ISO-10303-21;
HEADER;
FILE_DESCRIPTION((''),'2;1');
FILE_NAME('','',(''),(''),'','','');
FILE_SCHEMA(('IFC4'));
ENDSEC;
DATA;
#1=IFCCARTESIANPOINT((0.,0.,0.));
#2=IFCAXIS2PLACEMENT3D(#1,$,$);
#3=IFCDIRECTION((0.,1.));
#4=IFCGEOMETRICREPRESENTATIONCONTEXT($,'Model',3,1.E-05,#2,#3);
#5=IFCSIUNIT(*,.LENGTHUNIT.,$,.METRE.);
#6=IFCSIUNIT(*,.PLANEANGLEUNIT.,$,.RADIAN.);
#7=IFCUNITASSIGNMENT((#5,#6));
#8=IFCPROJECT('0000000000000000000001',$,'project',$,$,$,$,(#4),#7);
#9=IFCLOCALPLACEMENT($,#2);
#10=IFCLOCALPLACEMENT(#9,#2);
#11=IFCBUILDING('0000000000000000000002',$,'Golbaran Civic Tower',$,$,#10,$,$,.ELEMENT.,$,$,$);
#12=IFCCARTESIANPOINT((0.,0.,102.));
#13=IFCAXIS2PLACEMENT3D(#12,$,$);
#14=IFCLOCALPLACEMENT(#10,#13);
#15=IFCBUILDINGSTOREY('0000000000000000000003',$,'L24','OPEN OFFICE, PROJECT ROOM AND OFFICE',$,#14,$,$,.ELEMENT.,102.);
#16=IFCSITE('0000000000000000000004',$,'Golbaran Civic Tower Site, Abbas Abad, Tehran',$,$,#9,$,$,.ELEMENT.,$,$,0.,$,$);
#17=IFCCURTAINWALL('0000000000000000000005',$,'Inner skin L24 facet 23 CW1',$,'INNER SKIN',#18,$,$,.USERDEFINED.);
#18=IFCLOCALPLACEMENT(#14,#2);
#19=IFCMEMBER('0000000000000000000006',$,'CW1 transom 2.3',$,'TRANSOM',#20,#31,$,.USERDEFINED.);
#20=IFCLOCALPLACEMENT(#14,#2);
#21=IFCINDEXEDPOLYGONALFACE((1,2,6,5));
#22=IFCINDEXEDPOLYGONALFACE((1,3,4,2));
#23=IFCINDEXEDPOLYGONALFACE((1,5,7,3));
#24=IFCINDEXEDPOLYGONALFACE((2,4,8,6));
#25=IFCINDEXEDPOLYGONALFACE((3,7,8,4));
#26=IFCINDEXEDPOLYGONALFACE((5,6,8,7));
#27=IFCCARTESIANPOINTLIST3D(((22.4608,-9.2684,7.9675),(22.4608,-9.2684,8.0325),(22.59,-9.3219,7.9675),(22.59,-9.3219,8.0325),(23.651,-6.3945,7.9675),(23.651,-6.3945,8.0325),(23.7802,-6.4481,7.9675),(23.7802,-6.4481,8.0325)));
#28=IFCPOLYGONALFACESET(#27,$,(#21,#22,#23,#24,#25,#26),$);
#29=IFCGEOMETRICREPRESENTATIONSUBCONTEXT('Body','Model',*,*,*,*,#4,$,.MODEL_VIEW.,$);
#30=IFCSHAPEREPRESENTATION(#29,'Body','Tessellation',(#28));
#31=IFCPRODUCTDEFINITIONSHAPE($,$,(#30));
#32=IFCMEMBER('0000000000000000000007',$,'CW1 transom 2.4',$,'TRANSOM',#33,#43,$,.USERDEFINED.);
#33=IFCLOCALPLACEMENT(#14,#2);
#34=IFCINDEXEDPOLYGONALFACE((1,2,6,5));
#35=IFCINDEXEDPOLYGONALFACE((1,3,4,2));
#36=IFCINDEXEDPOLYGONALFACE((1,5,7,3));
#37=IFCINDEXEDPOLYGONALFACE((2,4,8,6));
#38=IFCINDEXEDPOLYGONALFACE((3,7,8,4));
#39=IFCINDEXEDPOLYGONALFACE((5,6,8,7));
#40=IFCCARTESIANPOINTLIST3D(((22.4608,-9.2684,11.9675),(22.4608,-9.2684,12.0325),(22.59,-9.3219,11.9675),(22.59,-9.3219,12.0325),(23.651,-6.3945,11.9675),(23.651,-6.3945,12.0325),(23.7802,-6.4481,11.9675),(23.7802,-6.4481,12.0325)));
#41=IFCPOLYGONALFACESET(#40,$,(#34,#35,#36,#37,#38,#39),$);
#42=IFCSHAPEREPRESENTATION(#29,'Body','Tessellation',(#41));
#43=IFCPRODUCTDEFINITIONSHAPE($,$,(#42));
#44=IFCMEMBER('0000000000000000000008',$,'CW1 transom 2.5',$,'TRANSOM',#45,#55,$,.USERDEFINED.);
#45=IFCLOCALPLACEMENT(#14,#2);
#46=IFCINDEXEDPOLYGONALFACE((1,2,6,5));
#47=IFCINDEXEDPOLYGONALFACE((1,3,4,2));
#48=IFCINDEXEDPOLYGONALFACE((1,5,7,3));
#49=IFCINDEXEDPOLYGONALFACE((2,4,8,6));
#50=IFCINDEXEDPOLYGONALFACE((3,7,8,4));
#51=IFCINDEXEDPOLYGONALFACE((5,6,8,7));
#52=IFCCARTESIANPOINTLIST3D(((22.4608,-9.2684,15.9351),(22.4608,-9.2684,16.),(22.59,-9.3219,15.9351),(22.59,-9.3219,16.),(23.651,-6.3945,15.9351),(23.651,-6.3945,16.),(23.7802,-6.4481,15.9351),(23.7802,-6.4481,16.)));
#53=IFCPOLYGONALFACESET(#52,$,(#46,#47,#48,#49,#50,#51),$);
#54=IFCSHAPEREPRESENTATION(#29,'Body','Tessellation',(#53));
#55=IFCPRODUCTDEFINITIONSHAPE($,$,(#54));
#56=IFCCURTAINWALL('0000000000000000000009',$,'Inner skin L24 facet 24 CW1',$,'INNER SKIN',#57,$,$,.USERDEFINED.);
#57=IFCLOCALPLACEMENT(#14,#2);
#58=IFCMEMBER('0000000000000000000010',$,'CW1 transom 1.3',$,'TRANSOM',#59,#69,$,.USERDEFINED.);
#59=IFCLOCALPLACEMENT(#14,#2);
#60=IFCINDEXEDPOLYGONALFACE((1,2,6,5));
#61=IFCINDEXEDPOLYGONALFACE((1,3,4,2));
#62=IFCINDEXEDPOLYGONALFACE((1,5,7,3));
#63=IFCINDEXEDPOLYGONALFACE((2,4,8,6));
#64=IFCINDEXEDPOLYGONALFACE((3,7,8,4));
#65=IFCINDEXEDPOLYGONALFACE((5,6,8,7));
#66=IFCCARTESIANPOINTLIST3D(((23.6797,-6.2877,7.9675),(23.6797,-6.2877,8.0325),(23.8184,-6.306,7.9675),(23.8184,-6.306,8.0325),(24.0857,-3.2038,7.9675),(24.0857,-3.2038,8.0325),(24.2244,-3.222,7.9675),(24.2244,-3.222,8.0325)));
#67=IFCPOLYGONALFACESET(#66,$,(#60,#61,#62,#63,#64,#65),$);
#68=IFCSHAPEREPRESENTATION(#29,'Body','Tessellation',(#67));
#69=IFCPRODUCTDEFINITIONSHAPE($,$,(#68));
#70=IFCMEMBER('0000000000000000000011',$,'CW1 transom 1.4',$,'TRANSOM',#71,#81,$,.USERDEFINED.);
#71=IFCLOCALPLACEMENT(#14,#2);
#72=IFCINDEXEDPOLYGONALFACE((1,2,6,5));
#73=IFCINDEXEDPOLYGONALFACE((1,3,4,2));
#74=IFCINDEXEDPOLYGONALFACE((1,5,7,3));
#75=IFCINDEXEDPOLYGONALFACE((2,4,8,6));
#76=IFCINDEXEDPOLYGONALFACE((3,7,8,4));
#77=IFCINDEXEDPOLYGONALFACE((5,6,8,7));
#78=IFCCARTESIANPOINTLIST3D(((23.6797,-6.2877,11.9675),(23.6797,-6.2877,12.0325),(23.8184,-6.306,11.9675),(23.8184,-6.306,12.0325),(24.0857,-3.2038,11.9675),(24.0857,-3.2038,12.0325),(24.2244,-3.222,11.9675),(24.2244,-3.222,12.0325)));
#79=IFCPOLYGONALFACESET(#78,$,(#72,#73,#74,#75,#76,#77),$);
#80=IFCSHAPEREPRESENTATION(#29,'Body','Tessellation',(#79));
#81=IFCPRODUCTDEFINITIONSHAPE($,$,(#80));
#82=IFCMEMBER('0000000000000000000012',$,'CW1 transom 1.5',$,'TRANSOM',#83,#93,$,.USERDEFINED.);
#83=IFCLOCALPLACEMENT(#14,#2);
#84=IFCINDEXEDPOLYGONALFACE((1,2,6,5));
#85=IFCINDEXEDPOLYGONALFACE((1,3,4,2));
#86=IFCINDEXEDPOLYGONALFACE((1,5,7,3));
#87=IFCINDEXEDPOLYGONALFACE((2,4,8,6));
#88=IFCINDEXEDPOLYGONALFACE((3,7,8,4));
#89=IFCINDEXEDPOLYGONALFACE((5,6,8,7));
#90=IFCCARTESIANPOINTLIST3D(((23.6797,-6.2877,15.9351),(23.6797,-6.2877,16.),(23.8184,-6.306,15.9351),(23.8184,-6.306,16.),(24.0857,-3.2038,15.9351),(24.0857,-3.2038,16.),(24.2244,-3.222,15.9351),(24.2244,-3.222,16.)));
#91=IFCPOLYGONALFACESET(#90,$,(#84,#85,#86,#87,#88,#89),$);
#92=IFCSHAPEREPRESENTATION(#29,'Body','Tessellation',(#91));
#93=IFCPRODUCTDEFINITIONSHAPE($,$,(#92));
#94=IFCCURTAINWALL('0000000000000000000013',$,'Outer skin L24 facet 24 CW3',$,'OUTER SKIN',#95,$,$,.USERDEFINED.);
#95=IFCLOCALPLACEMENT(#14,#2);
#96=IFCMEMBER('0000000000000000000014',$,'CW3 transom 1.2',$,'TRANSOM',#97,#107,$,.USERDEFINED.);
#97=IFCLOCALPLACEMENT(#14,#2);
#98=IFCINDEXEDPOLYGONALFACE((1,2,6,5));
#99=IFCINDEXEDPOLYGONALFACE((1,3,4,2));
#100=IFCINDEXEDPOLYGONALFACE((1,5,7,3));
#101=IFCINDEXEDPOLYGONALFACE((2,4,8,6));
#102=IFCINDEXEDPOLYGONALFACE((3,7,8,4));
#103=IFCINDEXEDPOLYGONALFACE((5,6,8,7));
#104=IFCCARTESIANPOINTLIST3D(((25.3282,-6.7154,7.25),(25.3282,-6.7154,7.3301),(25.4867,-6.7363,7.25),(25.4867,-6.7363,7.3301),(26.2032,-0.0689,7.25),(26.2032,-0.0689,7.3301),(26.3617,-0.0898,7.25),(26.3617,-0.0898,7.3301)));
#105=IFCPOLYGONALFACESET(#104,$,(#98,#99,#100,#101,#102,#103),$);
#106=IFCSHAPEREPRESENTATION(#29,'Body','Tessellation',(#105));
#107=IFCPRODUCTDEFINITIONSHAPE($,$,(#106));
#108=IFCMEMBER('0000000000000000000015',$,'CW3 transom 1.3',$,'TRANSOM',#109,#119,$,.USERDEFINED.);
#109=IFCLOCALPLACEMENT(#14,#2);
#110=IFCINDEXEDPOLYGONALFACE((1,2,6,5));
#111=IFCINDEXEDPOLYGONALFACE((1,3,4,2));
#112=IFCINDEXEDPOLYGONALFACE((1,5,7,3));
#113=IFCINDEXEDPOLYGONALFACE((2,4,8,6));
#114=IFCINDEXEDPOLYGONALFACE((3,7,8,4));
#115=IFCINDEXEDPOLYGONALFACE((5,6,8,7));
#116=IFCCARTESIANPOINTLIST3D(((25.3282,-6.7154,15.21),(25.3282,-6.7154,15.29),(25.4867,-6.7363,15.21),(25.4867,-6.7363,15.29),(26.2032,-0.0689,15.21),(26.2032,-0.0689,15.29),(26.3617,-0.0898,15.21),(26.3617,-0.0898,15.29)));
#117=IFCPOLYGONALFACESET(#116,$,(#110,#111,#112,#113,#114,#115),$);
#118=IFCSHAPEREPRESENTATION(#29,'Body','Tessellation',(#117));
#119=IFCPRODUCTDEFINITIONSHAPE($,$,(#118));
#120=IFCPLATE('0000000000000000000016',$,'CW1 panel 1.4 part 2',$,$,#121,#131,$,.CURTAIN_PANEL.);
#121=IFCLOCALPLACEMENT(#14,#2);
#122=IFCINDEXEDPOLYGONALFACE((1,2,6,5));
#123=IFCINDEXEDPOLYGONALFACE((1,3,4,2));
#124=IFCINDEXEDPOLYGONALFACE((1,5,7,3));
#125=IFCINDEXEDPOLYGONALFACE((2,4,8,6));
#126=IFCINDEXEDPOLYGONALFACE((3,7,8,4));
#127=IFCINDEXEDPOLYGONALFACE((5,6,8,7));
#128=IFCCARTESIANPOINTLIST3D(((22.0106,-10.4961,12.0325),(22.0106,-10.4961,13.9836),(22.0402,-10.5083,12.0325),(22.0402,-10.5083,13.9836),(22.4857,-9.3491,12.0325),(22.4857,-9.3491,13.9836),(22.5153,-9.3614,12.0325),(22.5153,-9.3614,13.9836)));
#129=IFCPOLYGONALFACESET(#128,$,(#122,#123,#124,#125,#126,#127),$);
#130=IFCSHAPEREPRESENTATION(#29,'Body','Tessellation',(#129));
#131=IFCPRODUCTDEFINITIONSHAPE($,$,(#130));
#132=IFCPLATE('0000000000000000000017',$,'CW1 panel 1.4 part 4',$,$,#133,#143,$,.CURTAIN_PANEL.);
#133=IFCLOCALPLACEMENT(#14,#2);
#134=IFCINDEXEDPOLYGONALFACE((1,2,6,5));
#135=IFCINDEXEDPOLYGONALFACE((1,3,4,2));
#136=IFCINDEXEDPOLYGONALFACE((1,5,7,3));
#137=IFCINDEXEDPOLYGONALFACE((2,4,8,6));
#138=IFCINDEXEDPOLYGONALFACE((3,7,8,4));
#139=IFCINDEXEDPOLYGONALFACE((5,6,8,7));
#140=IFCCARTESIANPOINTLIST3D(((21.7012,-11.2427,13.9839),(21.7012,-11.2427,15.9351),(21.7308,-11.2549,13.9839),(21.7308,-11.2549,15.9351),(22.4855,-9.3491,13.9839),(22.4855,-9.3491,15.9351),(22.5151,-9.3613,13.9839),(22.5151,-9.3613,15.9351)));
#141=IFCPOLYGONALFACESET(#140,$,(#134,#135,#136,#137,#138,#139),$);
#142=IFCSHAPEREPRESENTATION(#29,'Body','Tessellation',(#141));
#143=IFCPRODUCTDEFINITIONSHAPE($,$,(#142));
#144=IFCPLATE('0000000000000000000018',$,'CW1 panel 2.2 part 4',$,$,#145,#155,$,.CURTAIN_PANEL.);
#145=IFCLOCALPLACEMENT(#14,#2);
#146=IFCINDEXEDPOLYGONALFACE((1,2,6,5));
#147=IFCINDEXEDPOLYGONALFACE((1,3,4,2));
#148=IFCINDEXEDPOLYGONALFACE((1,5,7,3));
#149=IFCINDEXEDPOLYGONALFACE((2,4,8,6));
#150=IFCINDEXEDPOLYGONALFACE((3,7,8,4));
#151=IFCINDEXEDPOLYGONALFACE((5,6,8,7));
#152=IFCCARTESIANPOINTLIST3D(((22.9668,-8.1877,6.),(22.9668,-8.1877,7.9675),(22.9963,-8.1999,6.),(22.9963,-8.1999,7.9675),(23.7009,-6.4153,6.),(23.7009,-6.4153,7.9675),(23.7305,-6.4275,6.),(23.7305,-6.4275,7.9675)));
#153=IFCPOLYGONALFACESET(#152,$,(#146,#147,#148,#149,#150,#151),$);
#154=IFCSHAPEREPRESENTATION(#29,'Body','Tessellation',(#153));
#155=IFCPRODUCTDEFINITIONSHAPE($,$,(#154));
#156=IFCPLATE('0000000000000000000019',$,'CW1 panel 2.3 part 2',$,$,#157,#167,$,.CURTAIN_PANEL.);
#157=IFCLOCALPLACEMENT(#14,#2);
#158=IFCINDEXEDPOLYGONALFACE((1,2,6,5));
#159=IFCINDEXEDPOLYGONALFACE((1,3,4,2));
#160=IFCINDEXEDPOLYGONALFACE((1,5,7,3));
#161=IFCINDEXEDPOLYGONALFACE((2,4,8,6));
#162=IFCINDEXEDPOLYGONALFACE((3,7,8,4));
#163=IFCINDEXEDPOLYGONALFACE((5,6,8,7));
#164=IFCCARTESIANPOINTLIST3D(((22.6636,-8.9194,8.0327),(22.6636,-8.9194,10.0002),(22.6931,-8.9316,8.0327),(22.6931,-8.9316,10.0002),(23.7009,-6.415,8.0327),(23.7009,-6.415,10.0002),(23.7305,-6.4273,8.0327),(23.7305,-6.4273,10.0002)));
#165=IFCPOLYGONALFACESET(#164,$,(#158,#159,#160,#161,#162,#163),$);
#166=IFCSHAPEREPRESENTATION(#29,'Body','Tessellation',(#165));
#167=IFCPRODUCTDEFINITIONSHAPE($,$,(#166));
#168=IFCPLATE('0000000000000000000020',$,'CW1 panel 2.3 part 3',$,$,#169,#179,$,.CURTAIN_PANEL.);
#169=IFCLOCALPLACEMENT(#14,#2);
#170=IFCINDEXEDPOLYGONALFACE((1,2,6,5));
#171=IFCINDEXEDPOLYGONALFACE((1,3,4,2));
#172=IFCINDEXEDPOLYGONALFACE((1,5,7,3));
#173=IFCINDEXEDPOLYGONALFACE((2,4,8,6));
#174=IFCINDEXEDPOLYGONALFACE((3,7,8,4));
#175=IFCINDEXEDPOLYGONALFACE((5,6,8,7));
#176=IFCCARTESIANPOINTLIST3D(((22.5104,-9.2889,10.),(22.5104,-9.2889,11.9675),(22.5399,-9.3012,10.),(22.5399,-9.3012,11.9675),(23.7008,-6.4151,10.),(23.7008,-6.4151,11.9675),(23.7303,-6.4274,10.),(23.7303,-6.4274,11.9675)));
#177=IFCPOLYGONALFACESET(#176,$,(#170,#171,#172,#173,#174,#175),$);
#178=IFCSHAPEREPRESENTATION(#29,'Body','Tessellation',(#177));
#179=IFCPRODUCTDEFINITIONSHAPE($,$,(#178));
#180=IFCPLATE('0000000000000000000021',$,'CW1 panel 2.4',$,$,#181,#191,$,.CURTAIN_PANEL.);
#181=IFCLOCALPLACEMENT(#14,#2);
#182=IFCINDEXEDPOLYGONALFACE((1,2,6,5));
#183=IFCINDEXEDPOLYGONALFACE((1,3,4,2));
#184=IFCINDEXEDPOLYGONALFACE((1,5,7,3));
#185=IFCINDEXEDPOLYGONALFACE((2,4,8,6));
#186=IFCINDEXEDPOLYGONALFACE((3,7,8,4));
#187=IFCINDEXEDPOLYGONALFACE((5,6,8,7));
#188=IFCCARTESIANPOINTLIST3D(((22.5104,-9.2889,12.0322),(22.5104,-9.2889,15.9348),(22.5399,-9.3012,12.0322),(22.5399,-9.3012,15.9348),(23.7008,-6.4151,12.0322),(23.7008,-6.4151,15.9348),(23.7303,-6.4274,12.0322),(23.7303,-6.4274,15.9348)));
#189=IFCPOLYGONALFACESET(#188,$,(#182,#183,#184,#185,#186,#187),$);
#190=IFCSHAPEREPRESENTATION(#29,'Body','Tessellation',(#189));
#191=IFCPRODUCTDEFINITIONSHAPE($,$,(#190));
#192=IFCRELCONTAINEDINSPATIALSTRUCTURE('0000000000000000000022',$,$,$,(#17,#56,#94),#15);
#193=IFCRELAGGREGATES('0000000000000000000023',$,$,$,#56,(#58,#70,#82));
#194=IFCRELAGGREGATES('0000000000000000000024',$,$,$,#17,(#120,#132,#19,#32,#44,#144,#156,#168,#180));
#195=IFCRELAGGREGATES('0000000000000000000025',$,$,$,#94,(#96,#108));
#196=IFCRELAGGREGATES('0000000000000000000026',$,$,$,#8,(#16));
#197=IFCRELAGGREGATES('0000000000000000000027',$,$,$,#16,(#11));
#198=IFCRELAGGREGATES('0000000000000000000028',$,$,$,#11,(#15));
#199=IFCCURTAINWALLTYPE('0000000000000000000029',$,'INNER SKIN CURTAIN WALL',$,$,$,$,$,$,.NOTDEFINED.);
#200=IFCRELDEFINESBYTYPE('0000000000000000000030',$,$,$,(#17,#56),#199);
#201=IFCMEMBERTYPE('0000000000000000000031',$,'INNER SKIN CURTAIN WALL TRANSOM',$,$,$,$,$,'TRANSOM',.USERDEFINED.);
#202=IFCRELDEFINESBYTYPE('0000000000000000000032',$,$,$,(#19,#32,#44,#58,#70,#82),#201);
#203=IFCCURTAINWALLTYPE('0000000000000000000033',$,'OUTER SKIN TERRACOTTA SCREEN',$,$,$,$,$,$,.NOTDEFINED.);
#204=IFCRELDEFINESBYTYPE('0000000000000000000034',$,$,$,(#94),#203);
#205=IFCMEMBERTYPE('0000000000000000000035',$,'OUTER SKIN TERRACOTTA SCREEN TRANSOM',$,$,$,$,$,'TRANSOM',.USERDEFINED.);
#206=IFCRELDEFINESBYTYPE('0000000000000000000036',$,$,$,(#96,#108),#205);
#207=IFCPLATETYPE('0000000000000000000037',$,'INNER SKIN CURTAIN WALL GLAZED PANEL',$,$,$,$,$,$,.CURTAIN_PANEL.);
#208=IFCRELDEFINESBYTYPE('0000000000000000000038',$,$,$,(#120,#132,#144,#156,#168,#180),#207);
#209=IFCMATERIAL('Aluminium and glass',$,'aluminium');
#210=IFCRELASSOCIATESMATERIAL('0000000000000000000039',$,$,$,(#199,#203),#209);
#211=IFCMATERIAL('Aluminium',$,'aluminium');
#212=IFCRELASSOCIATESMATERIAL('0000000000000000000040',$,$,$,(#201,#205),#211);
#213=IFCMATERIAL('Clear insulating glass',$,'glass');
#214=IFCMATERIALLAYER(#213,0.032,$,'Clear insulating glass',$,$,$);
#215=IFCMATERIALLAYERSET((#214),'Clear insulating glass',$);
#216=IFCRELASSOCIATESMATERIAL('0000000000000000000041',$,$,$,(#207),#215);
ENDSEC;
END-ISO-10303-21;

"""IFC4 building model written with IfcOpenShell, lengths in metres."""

from ifc_helpers import new_model, si_unit, direction, frame, origin, origin_2d, place, context, subcontext, project, spatial, rectangle, extrude, material, layer, layer_set, material_profile, profile_set, type_object, element, aggregate, save


model = new_model("IFC4")

# Units and contexts
model_context = context("Model", 3, precision=1e-05, world=origin(), true_north=direction((0.0, 1.0)))
body_context = subcontext(model_context, "Body", "Model", "MODEL_VIEW")
ifc_project = project(units=[si_unit("LENGTHUNIT", "METRE"), si_unit("PLANEANGLEUNIT", "RADIAN")], contexts=[model_context])

# Site, building, storey
site_placement = place(None, origin())
site = spatial("IfcSite", under=ifc_project, at=site_placement, Name="Golbaran Civic Tower Site, Abbas Abad, Tehran", CompositionType="ELEMENT", RefElevation=0.0)
building_placement = place(site_placement, origin())
building = spatial("IfcBuilding", under=site, at=building_placement, Name="Golbaran Civic Tower", CompositionType="ELEMENT")
storey_placement = place(building_placement, frame((0.0, 0.0, 102.0)))
storey = spatial("IfcBuildingStorey", under=building, at=storey_placement, Name="L24", Description="OPEN OFFICE, PROJECT ROOM AND OFFICE", CompositionType="ELEMENT", Elevation=102.0)

# Curtain walls, members
ifc_material_1 = material(Name="Aluminium and glass", Category="aluminium")
curtain_wall_type_1 = type_object("IfcCurtainWallType", Name="INNER SKIN CURTAIN WALL", PredefinedType="NOTDEFINED", material=ifc_material_1)
curtain_wall_1_placement = place(storey_placement, origin())
curtain_wall_1 = element("IfcCurtainWall", 1, at=curtain_wall_1_placement, inside=storey, type_object=curtain_wall_type_1, Name="Inner skin L24 facet 23 CW1", ObjectType="INNER SKIN", PredefinedType="USERDEFINED")
ifc_material_2 = material(Name="Aluminium", Category="aluminium")
ifc_material_profile_1 = material_profile(ifc_material_2, rectangle(XDim=0.1399, YDim=0.0649, at=origin_2d()), Name="INNER SKIN CURTAIN WALL TRANSOM")
ifc_profile_set_1 = profile_set([ifc_material_profile_1], Name="Aluminium")
member_type_1 = type_object("IfcMemberType", Name="INNER SKIN CURTAIN WALL TRANSOM", ElementType="TRANSOM", PredefinedType="USERDEFINED", material=ifc_profile_set_1)
member_1_placement = place(storey_placement, frame((22.5254, -9.2952, 8.0), z_axis=(0.382636, 0.923899, 0.0), x_axis=(-0.923899, 0.382636, 0.0)))
member_1 = element("IfcMember", 2, at=member_1_placement, type_object=member_type_1, Name="CW1 transom 2.3", ObjectType="TRANSOM", PredefinedType="USERDEFINED", context=body_context, shape_type="SweptSolid", body=[
    extrude(rectangle(XDim=0.1399, YDim=0.0649, at=origin_2d()), origin(), (0.0, 0.0, 1.0), 3.1106),
])
member_2_placement = place(storey_placement, frame((22.5254, -9.2952, 12.0), z_axis=(0.382636, 0.923899, 0.0), x_axis=(-0.923899, 0.382636, 0.0)))
member_2 = element("IfcMember", 3, at=member_2_placement, type_object=member_type_1, Name="CW1 transom 2.4", ObjectType="TRANSOM", PredefinedType="USERDEFINED", context=body_context, shape_type="SweptSolid", body=[
    extrude(rectangle(XDim=0.1399, YDim=0.0649, at=origin_2d()), origin(), (0.0, 0.0, 1.0), 3.1106),
])
member_3_placement = place(storey_placement, frame((22.5254, -9.2952, 15.9675), z_axis=(0.382636, 0.923899, 0.0), x_axis=(-0.923899, 0.382636, 0.0)))
member_3 = element("IfcMember", 4, at=member_3_placement, type_object=member_type_1, Name="CW1 transom 2.5", ObjectType="TRANSOM", PredefinedType="USERDEFINED", context=body_context, shape_type="SweptSolid", body=[
    extrude(rectangle(XDim=0.1399, YDim=0.0649, at=origin_2d()), origin(), (0.0, 0.0, 1.0), 3.1106),
])
curtain_wall_2_placement = place(storey_placement, origin())
curtain_wall_2 = element("IfcCurtainWall", 5, at=curtain_wall_2_placement, inside=storey, type_object=curtain_wall_type_1, Name="Inner skin L24 facet 24 CW1", ObjectType="INNER SKIN", PredefinedType="USERDEFINED")
member_4_placement = place(storey_placement, frame((23.749, -6.2969, 8.0), z_axis=(0.130524, 0.991445, 0.0), x_axis=(-0.991445, 0.130524, 0.0)))
member_4 = element("IfcMember", 6, at=member_4_placement, type_object=member_type_1, Name="CW1 transom 1.3", ObjectType="TRANSOM", PredefinedType="USERDEFINED", context=body_context, shape_type="SweptSolid", body=[
    extrude(rectangle(XDim=0.1399, YDim=0.0649, at=origin_2d()), origin(), (0.0, 0.0, 1.0), 3.1106),
])
member_5_placement = place(storey_placement, frame((23.749, -6.2969, 12.0), z_axis=(0.130524, 0.991445, 0.0), x_axis=(-0.991445, 0.130524, 0.0)))
member_5 = element("IfcMember", 7, at=member_5_placement, type_object=member_type_1, Name="CW1 transom 1.4", ObjectType="TRANSOM", PredefinedType="USERDEFINED", context=body_context, shape_type="SweptSolid", body=[
    extrude(rectangle(XDim=0.1399, YDim=0.0649, at=origin_2d()), origin(), (0.0, 0.0, 1.0), 3.1106),
])
member_6_placement = place(storey_placement, frame((23.749, -6.2969, 15.9675), z_axis=(0.130524, 0.991445, 0.0), x_axis=(-0.991445, 0.130524, 0.0)))
member_6 = element("IfcMember", 8, at=member_6_placement, type_object=member_type_1, Name="CW1 transom 1.5", ObjectType="TRANSOM", PredefinedType="USERDEFINED", context=body_context, shape_type="SweptSolid", body=[
    extrude(rectangle(XDim=0.1399, YDim=0.0649, at=origin_2d()), origin(), (0.0, 0.0, 1.0), 3.1106),
])
curtain_wall_type_2 = type_object("IfcCurtainWallType", Name="OUTER SKIN TERRACOTTA SCREEN", PredefinedType="NOTDEFINED", material=ifc_material_1)
curtain_wall_3_placement = place(storey_placement, origin())
curtain_wall_3 = element("IfcCurtainWall", 9, at=curtain_wall_3_placement, inside=storey, type_object=curtain_wall_type_2, Name="Outer skin L24 facet 24 CW3", ObjectType="OUTER SKIN", PredefinedType="USERDEFINED")
ifc_material_profile_2 = material_profile(ifc_material_2, rectangle(XDim=0.1599, YDim=0.0801, at=origin_2d()), Name="OUTER SKIN TERRACOTTA SCREEN TRANSOM")
ifc_profile_set_2 = profile_set([ifc_material_profile_2], Name="Aluminium")
member_type_2 = type_object("IfcMemberType", Name="OUTER SKIN TERRACOTTA SCREEN TRANSOM", ElementType="TRANSOM", PredefinedType="USERDEFINED", material=ifc_profile_set_2)
member_7_placement = place(storey_placement, frame((25.4075, -6.7258, 7.29), z_axis=(0.130522, 0.991445, 0.0), x_axis=(-0.991445, 0.130522, 0.0)))
member_7 = element("IfcMember", 10, at=member_7_placement, type_object=member_type_2, Name="CW3 transom 1.2", ObjectType="TRANSOM", PredefinedType="USERDEFINED", context=body_context, shape_type="SweptSolid", body=[
    extrude(rectangle(XDim=0.1599, YDim=0.0801, at=origin_2d()), origin(), (0.0, 0.0, 1.0), 6.7039),
])
member_8_placement = place(storey_placement, frame((25.4075, -6.7258, 15.25), z_axis=(0.130522, 0.991445, 0.0), x_axis=(-0.991445, 0.130522, 0.0)))
member_8 = element("IfcMember", 11, at=member_8_placement, type_object=member_type_2, Name="CW3 transom 1.3", ObjectType="TRANSOM", PredefinedType="USERDEFINED", context=body_context, shape_type="SweptSolid", body=[
    extrude(rectangle(XDim=0.1599, YDim=0.0801, at=origin_2d()), origin(), (0.0, 0.0, 1.0), 6.7039),
])

# Plates
ifc_material_3 = material(Name="Clear insulating glass", Category="glass")
ifc_layer_1 = layer(ifc_material_3, 0.032, Name="Clear insulating glass")
ifc_layer_set_1 = layer_set([ifc_layer_1], Name="Clear insulating glass")
plate_type_1 = type_object("IfcPlateType", Name="INNER SKIN CURTAIN WALL GLAZED PANEL", PredefinedType="CURTAIN_PANEL", material=ifc_layer_set_1)
plate_1_placement = place(storey_placement, frame((22.2629, -9.9287, 12.0325), z_axis=(0.0, 0.0, 1.0), x_axis=(0.382683, 0.92388, 0.0)))
plate_1 = element("IfcPlate", 12, at=plate_1_placement, type_object=plate_type_1, Name="CW1 panel 1.4 part 2", PredefinedType="CURTAIN_PANEL", context=body_context, shape_type="SweptSolid", body=[
    extrude(rectangle(XDim=1.2415, YDim=0.032, at=origin_2d()), origin(), (0.0, 0.0, 1.0), 1.9512),
])
plate_2_placement = place(storey_placement, frame((22.1082, -10.302, 13.9839), z_axis=(0.0, 0.0, 1.0), x_axis=(0.382683, 0.92388, 0.0)))
plate_2 = element("IfcPlate", 13, at=plate_2_placement, type_object=plate_type_1, Name="CW1 panel 1.4 part 4", PredefinedType="CURTAIN_PANEL", context=body_context, shape_type="SweptSolid", body=[
    extrude(rectangle(XDim=2.0496, YDim=0.032, at=origin_2d()), origin(), (0.0, 0.0, 1.0), 1.9512),
])
plate_3_placement = place(storey_placement, frame((23.3486, -7.3076, 6.0), z_axis=(0.0, 0.0, 1.0), x_axis=(0.382683, 0.92388, 0.0)))
plate_3 = element("IfcPlate", 14, at=plate_3_placement, type_object=plate_type_1, Name="CW1 panel 2.2 part 4", PredefinedType="CURTAIN_PANEL", context=body_context, shape_type="SweptSolid", body=[
    extrude(rectangle(XDim=1.9185, YDim=0.032, at=origin_2d()), origin(), (0.0, 0.0, 1.0), 1.9675),
])
plate_4_placement = place(storey_placement, frame((23.197, -7.6733, 8.0327), z_axis=(0.0, 0.0, 1.0), x_axis=(0.382683, 0.92388, 0.0)))
plate_4 = element("IfcPlate", 15, at=plate_4_placement, type_object=plate_type_1, Name="CW1 panel 2.3 part 2", PredefinedType="CURTAIN_PANEL", context=body_context, shape_type="SweptSolid", body=[
    extrude(rectangle(XDim=2.7107, YDim=0.032, at=origin_2d()), origin(), (0.0, 0.0, 1.0), 1.9675),
])
plate_5_placement = place(storey_placement, frame((23.1204, -7.8582, 10.0), z_axis=(0.0, 0.0, 1.0), x_axis=(0.382683, 0.92388, 0.0)))
plate_5 = element("IfcPlate", 16, at=plate_5_placement, type_object=plate_type_1, Name="CW1 panel 2.3 part 3", PredefinedType="CURTAIN_PANEL", context=body_context, shape_type="SweptSolid", body=[
    extrude(rectangle(XDim=3.1106, YDim=0.032, at=origin_2d()), origin(), (0.0, 0.0, 1.0), 1.9675),
])
plate_6_placement = place(storey_placement, frame((23.1204, -7.8582, 12.0322), z_axis=(0.0, 0.0, 1.0), x_axis=(0.382683, 0.92388, 0.0)))
plate_6 = element("IfcPlate", 17, at=plate_6_placement, type_object=plate_type_1, Name="CW1 panel 2.4", PredefinedType="CURTAIN_PANEL", context=body_context, shape_type="SweptSolid", body=[
    extrude(rectangle(XDim=3.1106, YDim=0.032, at=origin_2d()), origin(), (0.0, 0.0, 1.0), 3.9026),
])
aggregate(curtain_wall_2, [member_4, member_5, member_6])
aggregate(curtain_wall_1, [plate_1, plate_2, member_1, member_2, member_3, plate_3, plate_4, plate_5, plate_6])
aggregate(curtain_wall_3, [member_7, member_8])

save(model, "model.ifc")
